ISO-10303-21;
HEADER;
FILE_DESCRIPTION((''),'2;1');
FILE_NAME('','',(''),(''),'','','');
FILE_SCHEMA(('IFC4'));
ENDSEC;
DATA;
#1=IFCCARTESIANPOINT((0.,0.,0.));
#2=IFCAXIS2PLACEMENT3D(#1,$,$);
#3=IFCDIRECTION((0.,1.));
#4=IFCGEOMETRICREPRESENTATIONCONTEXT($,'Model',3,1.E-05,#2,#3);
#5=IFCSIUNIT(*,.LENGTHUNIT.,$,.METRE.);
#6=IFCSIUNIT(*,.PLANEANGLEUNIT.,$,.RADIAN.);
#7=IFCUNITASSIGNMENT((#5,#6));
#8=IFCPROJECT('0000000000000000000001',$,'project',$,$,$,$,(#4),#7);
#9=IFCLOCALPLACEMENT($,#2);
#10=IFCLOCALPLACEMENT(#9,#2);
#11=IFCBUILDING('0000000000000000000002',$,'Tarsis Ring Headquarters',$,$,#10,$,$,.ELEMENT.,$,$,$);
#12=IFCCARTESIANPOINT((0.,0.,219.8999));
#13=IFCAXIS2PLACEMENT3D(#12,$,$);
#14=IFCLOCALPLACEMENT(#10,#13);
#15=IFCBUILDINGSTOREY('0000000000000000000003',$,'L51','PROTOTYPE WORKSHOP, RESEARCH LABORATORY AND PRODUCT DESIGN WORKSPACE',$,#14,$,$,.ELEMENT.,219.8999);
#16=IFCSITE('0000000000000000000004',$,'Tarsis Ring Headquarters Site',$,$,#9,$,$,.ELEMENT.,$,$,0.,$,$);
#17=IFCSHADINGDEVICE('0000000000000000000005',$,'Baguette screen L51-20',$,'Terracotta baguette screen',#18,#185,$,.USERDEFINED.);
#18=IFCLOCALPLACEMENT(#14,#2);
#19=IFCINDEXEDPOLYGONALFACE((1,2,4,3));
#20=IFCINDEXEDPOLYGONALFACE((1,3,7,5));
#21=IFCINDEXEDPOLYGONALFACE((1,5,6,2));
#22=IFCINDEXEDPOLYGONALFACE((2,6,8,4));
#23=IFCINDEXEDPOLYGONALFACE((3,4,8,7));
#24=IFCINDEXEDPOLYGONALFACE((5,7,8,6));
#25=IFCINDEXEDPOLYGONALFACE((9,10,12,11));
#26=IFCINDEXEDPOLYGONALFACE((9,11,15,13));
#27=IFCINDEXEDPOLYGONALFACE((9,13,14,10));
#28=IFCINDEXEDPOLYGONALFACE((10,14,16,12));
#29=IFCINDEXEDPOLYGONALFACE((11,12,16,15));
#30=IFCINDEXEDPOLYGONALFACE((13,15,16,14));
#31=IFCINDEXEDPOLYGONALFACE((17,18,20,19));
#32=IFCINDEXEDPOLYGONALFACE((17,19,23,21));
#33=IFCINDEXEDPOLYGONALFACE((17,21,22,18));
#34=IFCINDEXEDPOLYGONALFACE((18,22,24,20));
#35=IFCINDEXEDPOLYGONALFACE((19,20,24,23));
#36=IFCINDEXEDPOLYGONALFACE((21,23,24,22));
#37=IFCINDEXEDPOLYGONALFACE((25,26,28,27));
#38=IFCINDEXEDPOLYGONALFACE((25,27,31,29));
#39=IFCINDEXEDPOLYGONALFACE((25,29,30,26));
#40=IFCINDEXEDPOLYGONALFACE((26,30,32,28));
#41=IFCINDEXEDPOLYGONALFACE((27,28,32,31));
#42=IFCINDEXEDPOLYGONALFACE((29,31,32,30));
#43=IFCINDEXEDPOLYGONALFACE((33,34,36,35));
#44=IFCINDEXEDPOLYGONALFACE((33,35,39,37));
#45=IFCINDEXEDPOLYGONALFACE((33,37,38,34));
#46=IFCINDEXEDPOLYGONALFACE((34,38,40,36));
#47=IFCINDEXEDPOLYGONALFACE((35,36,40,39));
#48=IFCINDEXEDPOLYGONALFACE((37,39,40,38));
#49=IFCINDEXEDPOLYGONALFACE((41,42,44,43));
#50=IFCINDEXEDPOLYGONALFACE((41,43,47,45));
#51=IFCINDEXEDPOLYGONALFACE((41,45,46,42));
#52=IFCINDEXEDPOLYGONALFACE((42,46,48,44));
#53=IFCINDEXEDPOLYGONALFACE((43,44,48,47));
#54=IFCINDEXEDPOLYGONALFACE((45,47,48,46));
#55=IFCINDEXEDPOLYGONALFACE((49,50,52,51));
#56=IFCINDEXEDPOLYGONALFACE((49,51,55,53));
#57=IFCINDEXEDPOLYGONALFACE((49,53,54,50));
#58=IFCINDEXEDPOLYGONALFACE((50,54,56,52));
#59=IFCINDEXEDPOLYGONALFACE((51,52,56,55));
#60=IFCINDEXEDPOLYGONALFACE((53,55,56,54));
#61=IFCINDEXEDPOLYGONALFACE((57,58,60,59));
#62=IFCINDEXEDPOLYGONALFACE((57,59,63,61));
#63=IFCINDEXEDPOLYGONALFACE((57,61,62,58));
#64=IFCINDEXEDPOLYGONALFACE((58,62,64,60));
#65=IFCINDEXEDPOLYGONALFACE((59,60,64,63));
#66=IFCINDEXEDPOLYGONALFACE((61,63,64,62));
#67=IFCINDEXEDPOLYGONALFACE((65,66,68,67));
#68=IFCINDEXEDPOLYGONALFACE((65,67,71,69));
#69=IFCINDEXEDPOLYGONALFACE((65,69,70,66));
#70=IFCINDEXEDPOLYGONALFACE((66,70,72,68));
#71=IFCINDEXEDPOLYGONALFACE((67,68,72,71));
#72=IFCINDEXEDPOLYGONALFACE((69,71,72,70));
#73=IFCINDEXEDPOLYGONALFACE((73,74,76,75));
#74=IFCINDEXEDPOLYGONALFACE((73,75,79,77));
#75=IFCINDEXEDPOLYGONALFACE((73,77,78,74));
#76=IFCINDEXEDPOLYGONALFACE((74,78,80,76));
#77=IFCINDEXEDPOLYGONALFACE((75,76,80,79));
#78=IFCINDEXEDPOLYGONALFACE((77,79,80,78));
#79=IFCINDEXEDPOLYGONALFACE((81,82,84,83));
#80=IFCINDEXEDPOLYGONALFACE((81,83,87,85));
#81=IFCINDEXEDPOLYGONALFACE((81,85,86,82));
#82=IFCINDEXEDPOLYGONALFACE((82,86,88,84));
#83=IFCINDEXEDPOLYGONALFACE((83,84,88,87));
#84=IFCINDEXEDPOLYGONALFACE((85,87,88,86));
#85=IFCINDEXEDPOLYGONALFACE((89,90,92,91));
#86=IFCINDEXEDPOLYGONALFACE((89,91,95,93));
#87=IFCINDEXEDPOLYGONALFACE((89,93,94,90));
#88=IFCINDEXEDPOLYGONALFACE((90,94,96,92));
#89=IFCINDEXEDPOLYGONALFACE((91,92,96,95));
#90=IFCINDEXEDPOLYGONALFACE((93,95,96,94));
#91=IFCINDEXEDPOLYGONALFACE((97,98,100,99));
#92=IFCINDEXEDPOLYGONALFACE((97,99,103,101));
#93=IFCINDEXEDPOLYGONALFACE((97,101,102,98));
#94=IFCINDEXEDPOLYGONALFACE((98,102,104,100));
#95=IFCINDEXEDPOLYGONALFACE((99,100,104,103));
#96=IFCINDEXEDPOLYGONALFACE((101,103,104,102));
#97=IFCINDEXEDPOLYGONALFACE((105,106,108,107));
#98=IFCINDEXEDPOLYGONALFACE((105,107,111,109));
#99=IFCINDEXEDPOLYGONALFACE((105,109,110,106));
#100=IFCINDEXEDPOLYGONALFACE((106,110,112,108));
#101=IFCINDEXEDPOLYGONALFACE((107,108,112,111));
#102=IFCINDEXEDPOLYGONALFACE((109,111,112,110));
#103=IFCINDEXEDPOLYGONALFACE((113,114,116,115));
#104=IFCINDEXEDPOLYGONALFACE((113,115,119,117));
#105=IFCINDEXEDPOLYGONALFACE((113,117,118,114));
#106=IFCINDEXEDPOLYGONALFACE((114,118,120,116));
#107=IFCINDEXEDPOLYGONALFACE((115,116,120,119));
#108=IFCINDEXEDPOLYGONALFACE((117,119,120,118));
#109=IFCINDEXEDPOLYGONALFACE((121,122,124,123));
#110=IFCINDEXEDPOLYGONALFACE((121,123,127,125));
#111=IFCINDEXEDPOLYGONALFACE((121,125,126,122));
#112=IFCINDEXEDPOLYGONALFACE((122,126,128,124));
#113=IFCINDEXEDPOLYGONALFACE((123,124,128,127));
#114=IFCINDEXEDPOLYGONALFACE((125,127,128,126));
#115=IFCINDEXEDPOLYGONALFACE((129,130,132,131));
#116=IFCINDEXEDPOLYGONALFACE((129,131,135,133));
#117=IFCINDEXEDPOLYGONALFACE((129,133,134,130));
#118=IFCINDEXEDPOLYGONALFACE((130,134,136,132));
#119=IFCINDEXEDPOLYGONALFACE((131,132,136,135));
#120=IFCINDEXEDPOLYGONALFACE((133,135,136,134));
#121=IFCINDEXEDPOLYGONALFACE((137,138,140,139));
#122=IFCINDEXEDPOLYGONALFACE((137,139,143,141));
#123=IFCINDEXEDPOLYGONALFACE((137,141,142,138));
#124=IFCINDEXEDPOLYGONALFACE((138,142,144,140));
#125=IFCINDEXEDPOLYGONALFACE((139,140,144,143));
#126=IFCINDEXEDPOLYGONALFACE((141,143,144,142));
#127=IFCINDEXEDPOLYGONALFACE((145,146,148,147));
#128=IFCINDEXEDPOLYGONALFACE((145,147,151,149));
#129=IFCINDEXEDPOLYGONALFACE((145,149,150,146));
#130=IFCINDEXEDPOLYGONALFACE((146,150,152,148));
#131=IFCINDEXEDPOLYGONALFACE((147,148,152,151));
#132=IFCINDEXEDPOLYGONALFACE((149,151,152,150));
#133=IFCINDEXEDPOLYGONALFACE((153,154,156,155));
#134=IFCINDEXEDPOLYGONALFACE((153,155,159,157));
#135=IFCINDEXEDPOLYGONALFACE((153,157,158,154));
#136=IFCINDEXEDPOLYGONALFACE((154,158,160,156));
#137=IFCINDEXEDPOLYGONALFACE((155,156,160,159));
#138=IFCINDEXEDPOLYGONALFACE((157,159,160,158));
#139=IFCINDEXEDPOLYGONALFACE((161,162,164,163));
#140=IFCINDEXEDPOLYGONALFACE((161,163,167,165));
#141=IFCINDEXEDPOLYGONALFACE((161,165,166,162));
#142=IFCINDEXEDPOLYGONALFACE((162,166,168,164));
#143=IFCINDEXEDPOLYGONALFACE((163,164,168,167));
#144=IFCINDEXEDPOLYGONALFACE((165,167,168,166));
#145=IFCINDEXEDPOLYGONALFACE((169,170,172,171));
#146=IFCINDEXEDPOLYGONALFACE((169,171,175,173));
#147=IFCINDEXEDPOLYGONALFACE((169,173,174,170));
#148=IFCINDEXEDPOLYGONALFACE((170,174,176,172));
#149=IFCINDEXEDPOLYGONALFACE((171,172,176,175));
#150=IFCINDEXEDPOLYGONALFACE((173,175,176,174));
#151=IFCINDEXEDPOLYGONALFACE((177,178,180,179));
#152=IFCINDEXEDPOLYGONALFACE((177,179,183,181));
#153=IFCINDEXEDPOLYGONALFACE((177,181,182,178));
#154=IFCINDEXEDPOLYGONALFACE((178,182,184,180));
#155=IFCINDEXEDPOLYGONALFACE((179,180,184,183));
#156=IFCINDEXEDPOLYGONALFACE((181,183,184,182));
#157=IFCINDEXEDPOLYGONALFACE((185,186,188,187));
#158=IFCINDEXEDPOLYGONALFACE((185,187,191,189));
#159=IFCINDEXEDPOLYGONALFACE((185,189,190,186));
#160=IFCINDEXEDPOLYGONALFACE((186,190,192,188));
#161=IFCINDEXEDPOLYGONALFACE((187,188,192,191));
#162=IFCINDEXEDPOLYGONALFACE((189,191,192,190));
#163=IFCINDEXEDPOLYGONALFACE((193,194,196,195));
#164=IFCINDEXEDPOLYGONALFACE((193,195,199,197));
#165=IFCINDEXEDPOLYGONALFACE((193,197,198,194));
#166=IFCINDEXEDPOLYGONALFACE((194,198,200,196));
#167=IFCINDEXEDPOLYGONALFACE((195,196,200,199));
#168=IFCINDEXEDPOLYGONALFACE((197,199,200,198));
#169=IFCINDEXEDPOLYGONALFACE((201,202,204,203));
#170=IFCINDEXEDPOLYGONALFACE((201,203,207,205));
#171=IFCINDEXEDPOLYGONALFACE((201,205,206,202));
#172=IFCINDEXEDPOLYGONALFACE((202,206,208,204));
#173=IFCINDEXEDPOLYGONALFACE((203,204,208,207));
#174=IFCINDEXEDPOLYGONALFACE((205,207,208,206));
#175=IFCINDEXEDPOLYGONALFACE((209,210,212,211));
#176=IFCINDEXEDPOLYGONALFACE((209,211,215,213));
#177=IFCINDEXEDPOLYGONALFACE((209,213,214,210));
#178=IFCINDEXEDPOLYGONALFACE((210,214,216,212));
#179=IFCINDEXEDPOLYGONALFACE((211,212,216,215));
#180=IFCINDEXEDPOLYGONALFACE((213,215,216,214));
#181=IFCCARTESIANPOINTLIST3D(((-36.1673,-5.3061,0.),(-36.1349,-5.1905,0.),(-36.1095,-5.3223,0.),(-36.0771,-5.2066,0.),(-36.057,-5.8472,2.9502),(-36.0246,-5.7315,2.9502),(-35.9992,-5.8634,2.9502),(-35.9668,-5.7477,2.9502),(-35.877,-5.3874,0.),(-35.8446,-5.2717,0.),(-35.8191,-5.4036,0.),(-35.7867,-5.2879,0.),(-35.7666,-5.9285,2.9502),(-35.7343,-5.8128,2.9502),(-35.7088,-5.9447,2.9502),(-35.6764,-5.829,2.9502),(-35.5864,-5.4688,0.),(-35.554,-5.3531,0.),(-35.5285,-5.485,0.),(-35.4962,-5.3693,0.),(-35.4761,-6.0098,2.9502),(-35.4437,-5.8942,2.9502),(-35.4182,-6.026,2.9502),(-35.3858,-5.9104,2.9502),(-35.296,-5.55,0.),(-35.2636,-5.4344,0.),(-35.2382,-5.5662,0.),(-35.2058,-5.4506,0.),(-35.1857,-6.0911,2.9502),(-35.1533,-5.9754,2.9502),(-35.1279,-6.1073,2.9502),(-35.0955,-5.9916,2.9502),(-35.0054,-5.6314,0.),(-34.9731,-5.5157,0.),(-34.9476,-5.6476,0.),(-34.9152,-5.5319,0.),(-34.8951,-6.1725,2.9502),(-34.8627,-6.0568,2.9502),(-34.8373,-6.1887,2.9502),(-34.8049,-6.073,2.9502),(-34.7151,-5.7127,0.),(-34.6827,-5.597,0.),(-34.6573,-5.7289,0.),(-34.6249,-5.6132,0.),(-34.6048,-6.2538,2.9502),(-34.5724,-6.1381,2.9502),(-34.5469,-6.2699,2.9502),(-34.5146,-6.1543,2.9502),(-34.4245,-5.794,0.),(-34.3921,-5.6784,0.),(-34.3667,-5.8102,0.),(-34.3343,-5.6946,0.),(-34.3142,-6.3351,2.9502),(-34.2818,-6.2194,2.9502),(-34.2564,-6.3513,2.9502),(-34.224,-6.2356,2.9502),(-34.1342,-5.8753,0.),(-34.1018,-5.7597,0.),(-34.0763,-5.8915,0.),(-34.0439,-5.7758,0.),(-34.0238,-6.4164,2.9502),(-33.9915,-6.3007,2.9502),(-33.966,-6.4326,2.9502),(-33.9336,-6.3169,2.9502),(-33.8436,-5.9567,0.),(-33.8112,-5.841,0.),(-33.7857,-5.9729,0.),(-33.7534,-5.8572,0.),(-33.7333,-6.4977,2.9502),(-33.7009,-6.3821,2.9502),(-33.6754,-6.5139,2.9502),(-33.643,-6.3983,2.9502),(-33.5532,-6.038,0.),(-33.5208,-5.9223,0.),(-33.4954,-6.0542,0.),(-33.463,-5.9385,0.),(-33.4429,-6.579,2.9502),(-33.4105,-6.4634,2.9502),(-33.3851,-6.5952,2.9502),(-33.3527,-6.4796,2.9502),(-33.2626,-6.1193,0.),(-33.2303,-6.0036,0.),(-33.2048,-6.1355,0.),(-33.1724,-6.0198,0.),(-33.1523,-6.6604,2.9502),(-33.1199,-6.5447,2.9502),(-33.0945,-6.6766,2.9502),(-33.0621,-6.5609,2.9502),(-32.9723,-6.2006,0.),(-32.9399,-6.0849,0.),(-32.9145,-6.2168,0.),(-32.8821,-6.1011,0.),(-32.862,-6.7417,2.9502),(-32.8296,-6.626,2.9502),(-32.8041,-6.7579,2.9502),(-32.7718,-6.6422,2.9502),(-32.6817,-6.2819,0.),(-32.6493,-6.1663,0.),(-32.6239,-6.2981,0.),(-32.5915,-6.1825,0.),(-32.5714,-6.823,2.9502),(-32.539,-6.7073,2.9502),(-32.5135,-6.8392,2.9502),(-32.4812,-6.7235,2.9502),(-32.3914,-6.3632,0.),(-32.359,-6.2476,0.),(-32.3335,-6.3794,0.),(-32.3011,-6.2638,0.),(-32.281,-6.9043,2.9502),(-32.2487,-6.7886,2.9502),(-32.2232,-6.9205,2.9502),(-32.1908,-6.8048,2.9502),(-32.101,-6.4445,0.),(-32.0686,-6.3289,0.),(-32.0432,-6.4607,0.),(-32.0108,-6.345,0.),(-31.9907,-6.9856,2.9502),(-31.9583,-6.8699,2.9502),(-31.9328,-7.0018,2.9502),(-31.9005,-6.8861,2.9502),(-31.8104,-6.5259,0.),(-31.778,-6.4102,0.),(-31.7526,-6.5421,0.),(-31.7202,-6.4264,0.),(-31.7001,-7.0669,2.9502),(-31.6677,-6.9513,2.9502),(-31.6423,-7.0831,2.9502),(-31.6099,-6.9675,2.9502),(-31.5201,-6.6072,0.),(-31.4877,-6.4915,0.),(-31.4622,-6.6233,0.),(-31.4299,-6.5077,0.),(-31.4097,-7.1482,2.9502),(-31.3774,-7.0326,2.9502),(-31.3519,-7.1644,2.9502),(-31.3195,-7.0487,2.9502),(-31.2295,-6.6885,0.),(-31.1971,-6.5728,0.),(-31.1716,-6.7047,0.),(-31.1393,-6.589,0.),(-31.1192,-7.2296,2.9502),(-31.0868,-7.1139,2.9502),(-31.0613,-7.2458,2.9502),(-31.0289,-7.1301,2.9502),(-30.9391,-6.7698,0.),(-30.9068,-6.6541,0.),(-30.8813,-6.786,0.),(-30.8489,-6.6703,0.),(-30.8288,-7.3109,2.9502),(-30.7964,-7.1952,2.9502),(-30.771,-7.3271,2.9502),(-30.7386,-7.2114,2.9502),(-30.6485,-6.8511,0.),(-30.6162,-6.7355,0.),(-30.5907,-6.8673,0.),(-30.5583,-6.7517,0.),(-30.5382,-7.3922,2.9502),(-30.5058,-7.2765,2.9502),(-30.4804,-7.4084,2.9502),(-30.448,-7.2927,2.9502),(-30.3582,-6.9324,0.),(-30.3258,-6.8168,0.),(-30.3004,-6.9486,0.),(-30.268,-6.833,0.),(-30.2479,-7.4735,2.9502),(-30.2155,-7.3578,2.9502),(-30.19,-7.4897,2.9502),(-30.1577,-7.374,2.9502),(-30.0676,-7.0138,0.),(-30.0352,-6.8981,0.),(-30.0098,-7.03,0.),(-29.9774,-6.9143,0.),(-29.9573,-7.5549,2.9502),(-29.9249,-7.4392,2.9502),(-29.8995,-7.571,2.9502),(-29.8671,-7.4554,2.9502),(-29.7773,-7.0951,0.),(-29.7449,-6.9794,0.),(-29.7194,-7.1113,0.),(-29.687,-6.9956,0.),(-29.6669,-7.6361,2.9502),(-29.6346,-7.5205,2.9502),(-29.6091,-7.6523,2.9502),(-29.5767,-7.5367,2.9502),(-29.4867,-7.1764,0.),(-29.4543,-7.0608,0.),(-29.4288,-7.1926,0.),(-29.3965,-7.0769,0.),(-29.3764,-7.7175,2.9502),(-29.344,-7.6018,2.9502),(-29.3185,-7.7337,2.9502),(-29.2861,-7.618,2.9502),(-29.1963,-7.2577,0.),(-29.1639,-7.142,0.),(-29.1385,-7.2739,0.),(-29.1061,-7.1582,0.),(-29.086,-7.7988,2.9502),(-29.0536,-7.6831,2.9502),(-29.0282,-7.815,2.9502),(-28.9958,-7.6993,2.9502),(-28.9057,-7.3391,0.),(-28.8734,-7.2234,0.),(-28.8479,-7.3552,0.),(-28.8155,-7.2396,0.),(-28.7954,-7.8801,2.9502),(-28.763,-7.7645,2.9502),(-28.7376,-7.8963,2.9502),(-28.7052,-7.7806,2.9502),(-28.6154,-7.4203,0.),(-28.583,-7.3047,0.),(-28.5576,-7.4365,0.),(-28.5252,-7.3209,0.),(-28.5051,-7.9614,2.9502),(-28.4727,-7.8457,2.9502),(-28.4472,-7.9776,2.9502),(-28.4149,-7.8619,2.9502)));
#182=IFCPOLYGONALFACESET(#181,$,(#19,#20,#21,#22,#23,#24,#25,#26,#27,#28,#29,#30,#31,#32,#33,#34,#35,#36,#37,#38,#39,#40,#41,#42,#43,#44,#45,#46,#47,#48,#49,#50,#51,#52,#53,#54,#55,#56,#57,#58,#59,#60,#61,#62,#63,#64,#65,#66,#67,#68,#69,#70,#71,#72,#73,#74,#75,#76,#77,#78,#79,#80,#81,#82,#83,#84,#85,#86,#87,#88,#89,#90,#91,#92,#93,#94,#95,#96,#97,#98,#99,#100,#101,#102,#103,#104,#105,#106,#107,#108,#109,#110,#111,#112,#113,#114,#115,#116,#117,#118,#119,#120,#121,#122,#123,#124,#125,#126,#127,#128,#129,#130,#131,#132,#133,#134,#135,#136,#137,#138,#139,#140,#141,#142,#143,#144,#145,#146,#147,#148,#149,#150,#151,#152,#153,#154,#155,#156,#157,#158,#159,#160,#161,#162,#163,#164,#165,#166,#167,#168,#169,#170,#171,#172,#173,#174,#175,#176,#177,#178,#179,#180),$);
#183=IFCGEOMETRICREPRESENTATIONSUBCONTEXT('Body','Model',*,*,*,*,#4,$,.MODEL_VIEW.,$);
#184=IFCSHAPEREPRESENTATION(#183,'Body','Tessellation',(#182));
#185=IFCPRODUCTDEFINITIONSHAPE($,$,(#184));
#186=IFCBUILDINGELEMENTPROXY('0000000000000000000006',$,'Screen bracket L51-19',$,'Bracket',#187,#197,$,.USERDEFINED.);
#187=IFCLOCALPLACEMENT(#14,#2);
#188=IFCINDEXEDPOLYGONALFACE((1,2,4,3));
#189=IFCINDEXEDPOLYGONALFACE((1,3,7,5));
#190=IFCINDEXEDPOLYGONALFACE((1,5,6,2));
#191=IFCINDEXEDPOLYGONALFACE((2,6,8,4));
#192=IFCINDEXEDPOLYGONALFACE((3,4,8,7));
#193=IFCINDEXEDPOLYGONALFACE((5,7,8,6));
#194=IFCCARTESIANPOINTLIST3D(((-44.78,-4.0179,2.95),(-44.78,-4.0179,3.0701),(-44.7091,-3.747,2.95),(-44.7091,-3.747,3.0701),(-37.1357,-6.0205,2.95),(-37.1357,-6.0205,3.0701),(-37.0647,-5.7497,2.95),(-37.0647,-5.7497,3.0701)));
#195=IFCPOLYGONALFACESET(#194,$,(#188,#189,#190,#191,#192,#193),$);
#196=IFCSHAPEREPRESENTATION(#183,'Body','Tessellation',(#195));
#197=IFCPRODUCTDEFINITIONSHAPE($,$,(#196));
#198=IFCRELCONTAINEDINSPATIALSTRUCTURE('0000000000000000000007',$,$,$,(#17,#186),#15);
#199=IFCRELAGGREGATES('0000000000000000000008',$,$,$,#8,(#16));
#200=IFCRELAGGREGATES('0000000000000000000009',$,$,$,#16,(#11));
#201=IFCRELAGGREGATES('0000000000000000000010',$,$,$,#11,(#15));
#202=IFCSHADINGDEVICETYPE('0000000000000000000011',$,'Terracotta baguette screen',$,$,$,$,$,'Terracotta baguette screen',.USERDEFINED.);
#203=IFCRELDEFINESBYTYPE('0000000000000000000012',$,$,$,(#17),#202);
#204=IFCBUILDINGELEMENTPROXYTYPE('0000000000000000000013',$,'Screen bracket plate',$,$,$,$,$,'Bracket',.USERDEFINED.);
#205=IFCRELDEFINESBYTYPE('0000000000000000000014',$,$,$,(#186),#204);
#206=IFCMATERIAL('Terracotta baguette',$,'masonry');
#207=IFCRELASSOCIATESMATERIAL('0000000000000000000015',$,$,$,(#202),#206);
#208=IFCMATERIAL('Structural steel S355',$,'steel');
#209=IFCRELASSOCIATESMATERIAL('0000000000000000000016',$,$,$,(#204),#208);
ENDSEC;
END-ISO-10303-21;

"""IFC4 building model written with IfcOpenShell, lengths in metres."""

from ifc_helpers import new_model, si_unit, direction, frame, frame_2d, origin, origin_2d, place, context, subcontext, project, spatial, rectangle, composite_profile, extrude, material, type_object, element, save


model = new_model("IFC4")

# Units and contexts
model_context = context("Model", 3, precision=1e-05, world=origin(), true_north=direction((0.0, 1.0)))
body_context = subcontext(model_context, "Body", "Model", "MODEL_VIEW")
ifc_project = project(units=[si_unit("LENGTHUNIT", "METRE"), si_unit("PLANEANGLEUNIT", "RADIAN")], contexts=[model_context])

# Site, building, storey
site_placement = place(None, origin())
site = spatial("IfcSite", under=ifc_project, at=site_placement, Name="Tarsis Ring Headquarters Site", CompositionType="ELEMENT", RefElevation=0.0)
building_placement = place(site_placement, origin())
building = spatial("IfcBuilding", under=site, at=building_placement, Name="Tarsis Ring Headquarters", CompositionType="ELEMENT")
storey_placement = place(building_placement, frame((0.0, 0.0, 219.8999)))
storey = spatial("IfcBuildingStorey", under=building, at=storey_placement, Name="L51", Description="PROTOTYPE WORKSHOP, RESEARCH LABORATORY AND PRODUCT DESIGN WORKSPACE", CompositionType="ELEMENT", Elevation=219.8999)

# Shared definitions
ifc_material_1 = material(Name="Structural steel S355", Category="steel")

# Shading device
ifc_material_2 = material(Name="Terracotta baguette", Category="masonry")
shading_device_type = type_object("IfcShadingDeviceType", Name="Terracotta baguette screen", ElementType="Terracotta baguette screen", PredefinedType="USERDEFINED", material=ifc_material_2)
shading_device_1_placement = place(storey_placement, frame((-36.1511, -5.2483, 0.0), z_axis=(0.0, 0.0, 1.0), x_axis=(0.962987, -0.269596, 0.0)))
element("IfcShadingDevice", 1, at=shading_device_1_placement, inside=storey, type_object=shading_device_type, Name="Baguette screen L51-20", ObjectType="Terracotta baguette screen", PredefinedType="USERDEFINED", context=body_context, shape_type="SweptSolid", body=[
    extrude(composite_profile([rectangle(XDim=0.0601, YDim=0.1201, at=frame_2d((0.03, 0.0))), rectangle(XDim=0.0601, YDim=0.1201, at=frame_2d((0.3315, 0.0))), rectangle(XDim=0.0601, YDim=0.1201, at=frame_2d((0.6333, 0.0))), rectangle(XDim=0.0601, YDim=0.1201, at=frame_2d((0.9348, 0.0))), rectangle(XDim=0.0601, YDim=0.1201, at=frame_2d((1.2366, 0.0))), rectangle(XDim=0.0601, YDim=0.1201, at=frame_2d((1.5381, 0.0))), rectangle(XDim=0.0601, YDim=0.1201, at=frame_2d((1.8398, 0.0))), rectangle(XDim=0.0601, YDim=0.1201, at=frame_2d((2.1414, 0.0))), rectangle(XDim=0.0601, YDim=0.1201, at=frame_2d((2.4431, 0.0))), rectangle(XDim=0.0601, YDim=0.1201, at=frame_2d((2.7446, 0.0))), rectangle(XDim=0.0601, YDim=0.1201, at=frame_2d((3.0464, 0.0))), rectangle(XDim=0.0601, YDim=0.1201, at=frame_2d((3.3479, 0.0))), rectangle(XDim=0.0601, YDim=0.1201, at=frame_2d((3.6497, 0.0))), rectangle(XDim=0.0601, YDim=0.1201, at=frame_2d((3.9512, 0.0))), rectangle(XDim=0.0601, YDim=0.1201, at=frame_2d((4.2527, 0.0))), rectangle(XDim=0.0601, YDim=0.1201, at=frame_2d((4.5544, 0.0))), rectangle(XDim=0.0601, YDim=0.1201, at=frame_2d((4.856, 0.0))), rectangle(XDim=0.0601, YDim=0.1201, at=frame_2d((5.1577, 0.0))), rectangle(XDim=0.0601, YDim=0.1201, at=frame_2d((5.4592, 0.0))), rectangle(XDim=0.0601, YDim=0.1201, at=frame_2d((5.761, 0.0))), rectangle(XDim=0.0601, YDim=0.1201, at=frame_2d((6.0625, 0.0))), rectangle(XDim=0.0601, YDim=0.1201, at=frame_2d((6.3643, 0.0))), rectangle(XDim=0.0601, YDim=0.1201, at=frame_2d((6.6658, 0.0))), rectangle(XDim=0.0601, YDim=0.1201, at=frame_2d((6.9675, 0.0))), rectangle(XDim=0.0601, YDim=0.1201, at=frame_2d((7.269, 0.0))), rectangle(XDim=0.0601, YDim=0.1201, at=frame_2d((7.5708, 0.0))), rectangle(XDim=0.0601, YDim=0.1201, at=frame_2d((7.8723, 0.0)))]), origin(), (0.083994, -0.163685, 0.98293), 3.0015),
])

# Building element proxy
building_element_proxy_type = type_object("IfcBuildingElementProxyType", Name="Screen bracket plate", ElementType="Bracket", PredefinedType="USERDEFINED", material=ifc_material_1)
proxy_placement = place(storey_placement, frame((-40.9224, -4.8838, 2.95), z_axis=(0.0, 0.0, 1.0), x_axis=(0.967356, -0.25342, 0.0)))
element("IfcBuildingElementProxy", 2, at=proxy_placement, inside=storey, type_object=building_element_proxy_type, Name="Screen bracket L51-19", ObjectType="Bracket", PredefinedType="USERDEFINED", context=body_context, shape_type="SweptSolid", body=[
    extrude(rectangle(XDim=7.9023, YDim=0.28, at=origin_2d()), origin(), (0.0, 0.0, 1.0), 0.1201),
])

save(model, "model.ifc")
